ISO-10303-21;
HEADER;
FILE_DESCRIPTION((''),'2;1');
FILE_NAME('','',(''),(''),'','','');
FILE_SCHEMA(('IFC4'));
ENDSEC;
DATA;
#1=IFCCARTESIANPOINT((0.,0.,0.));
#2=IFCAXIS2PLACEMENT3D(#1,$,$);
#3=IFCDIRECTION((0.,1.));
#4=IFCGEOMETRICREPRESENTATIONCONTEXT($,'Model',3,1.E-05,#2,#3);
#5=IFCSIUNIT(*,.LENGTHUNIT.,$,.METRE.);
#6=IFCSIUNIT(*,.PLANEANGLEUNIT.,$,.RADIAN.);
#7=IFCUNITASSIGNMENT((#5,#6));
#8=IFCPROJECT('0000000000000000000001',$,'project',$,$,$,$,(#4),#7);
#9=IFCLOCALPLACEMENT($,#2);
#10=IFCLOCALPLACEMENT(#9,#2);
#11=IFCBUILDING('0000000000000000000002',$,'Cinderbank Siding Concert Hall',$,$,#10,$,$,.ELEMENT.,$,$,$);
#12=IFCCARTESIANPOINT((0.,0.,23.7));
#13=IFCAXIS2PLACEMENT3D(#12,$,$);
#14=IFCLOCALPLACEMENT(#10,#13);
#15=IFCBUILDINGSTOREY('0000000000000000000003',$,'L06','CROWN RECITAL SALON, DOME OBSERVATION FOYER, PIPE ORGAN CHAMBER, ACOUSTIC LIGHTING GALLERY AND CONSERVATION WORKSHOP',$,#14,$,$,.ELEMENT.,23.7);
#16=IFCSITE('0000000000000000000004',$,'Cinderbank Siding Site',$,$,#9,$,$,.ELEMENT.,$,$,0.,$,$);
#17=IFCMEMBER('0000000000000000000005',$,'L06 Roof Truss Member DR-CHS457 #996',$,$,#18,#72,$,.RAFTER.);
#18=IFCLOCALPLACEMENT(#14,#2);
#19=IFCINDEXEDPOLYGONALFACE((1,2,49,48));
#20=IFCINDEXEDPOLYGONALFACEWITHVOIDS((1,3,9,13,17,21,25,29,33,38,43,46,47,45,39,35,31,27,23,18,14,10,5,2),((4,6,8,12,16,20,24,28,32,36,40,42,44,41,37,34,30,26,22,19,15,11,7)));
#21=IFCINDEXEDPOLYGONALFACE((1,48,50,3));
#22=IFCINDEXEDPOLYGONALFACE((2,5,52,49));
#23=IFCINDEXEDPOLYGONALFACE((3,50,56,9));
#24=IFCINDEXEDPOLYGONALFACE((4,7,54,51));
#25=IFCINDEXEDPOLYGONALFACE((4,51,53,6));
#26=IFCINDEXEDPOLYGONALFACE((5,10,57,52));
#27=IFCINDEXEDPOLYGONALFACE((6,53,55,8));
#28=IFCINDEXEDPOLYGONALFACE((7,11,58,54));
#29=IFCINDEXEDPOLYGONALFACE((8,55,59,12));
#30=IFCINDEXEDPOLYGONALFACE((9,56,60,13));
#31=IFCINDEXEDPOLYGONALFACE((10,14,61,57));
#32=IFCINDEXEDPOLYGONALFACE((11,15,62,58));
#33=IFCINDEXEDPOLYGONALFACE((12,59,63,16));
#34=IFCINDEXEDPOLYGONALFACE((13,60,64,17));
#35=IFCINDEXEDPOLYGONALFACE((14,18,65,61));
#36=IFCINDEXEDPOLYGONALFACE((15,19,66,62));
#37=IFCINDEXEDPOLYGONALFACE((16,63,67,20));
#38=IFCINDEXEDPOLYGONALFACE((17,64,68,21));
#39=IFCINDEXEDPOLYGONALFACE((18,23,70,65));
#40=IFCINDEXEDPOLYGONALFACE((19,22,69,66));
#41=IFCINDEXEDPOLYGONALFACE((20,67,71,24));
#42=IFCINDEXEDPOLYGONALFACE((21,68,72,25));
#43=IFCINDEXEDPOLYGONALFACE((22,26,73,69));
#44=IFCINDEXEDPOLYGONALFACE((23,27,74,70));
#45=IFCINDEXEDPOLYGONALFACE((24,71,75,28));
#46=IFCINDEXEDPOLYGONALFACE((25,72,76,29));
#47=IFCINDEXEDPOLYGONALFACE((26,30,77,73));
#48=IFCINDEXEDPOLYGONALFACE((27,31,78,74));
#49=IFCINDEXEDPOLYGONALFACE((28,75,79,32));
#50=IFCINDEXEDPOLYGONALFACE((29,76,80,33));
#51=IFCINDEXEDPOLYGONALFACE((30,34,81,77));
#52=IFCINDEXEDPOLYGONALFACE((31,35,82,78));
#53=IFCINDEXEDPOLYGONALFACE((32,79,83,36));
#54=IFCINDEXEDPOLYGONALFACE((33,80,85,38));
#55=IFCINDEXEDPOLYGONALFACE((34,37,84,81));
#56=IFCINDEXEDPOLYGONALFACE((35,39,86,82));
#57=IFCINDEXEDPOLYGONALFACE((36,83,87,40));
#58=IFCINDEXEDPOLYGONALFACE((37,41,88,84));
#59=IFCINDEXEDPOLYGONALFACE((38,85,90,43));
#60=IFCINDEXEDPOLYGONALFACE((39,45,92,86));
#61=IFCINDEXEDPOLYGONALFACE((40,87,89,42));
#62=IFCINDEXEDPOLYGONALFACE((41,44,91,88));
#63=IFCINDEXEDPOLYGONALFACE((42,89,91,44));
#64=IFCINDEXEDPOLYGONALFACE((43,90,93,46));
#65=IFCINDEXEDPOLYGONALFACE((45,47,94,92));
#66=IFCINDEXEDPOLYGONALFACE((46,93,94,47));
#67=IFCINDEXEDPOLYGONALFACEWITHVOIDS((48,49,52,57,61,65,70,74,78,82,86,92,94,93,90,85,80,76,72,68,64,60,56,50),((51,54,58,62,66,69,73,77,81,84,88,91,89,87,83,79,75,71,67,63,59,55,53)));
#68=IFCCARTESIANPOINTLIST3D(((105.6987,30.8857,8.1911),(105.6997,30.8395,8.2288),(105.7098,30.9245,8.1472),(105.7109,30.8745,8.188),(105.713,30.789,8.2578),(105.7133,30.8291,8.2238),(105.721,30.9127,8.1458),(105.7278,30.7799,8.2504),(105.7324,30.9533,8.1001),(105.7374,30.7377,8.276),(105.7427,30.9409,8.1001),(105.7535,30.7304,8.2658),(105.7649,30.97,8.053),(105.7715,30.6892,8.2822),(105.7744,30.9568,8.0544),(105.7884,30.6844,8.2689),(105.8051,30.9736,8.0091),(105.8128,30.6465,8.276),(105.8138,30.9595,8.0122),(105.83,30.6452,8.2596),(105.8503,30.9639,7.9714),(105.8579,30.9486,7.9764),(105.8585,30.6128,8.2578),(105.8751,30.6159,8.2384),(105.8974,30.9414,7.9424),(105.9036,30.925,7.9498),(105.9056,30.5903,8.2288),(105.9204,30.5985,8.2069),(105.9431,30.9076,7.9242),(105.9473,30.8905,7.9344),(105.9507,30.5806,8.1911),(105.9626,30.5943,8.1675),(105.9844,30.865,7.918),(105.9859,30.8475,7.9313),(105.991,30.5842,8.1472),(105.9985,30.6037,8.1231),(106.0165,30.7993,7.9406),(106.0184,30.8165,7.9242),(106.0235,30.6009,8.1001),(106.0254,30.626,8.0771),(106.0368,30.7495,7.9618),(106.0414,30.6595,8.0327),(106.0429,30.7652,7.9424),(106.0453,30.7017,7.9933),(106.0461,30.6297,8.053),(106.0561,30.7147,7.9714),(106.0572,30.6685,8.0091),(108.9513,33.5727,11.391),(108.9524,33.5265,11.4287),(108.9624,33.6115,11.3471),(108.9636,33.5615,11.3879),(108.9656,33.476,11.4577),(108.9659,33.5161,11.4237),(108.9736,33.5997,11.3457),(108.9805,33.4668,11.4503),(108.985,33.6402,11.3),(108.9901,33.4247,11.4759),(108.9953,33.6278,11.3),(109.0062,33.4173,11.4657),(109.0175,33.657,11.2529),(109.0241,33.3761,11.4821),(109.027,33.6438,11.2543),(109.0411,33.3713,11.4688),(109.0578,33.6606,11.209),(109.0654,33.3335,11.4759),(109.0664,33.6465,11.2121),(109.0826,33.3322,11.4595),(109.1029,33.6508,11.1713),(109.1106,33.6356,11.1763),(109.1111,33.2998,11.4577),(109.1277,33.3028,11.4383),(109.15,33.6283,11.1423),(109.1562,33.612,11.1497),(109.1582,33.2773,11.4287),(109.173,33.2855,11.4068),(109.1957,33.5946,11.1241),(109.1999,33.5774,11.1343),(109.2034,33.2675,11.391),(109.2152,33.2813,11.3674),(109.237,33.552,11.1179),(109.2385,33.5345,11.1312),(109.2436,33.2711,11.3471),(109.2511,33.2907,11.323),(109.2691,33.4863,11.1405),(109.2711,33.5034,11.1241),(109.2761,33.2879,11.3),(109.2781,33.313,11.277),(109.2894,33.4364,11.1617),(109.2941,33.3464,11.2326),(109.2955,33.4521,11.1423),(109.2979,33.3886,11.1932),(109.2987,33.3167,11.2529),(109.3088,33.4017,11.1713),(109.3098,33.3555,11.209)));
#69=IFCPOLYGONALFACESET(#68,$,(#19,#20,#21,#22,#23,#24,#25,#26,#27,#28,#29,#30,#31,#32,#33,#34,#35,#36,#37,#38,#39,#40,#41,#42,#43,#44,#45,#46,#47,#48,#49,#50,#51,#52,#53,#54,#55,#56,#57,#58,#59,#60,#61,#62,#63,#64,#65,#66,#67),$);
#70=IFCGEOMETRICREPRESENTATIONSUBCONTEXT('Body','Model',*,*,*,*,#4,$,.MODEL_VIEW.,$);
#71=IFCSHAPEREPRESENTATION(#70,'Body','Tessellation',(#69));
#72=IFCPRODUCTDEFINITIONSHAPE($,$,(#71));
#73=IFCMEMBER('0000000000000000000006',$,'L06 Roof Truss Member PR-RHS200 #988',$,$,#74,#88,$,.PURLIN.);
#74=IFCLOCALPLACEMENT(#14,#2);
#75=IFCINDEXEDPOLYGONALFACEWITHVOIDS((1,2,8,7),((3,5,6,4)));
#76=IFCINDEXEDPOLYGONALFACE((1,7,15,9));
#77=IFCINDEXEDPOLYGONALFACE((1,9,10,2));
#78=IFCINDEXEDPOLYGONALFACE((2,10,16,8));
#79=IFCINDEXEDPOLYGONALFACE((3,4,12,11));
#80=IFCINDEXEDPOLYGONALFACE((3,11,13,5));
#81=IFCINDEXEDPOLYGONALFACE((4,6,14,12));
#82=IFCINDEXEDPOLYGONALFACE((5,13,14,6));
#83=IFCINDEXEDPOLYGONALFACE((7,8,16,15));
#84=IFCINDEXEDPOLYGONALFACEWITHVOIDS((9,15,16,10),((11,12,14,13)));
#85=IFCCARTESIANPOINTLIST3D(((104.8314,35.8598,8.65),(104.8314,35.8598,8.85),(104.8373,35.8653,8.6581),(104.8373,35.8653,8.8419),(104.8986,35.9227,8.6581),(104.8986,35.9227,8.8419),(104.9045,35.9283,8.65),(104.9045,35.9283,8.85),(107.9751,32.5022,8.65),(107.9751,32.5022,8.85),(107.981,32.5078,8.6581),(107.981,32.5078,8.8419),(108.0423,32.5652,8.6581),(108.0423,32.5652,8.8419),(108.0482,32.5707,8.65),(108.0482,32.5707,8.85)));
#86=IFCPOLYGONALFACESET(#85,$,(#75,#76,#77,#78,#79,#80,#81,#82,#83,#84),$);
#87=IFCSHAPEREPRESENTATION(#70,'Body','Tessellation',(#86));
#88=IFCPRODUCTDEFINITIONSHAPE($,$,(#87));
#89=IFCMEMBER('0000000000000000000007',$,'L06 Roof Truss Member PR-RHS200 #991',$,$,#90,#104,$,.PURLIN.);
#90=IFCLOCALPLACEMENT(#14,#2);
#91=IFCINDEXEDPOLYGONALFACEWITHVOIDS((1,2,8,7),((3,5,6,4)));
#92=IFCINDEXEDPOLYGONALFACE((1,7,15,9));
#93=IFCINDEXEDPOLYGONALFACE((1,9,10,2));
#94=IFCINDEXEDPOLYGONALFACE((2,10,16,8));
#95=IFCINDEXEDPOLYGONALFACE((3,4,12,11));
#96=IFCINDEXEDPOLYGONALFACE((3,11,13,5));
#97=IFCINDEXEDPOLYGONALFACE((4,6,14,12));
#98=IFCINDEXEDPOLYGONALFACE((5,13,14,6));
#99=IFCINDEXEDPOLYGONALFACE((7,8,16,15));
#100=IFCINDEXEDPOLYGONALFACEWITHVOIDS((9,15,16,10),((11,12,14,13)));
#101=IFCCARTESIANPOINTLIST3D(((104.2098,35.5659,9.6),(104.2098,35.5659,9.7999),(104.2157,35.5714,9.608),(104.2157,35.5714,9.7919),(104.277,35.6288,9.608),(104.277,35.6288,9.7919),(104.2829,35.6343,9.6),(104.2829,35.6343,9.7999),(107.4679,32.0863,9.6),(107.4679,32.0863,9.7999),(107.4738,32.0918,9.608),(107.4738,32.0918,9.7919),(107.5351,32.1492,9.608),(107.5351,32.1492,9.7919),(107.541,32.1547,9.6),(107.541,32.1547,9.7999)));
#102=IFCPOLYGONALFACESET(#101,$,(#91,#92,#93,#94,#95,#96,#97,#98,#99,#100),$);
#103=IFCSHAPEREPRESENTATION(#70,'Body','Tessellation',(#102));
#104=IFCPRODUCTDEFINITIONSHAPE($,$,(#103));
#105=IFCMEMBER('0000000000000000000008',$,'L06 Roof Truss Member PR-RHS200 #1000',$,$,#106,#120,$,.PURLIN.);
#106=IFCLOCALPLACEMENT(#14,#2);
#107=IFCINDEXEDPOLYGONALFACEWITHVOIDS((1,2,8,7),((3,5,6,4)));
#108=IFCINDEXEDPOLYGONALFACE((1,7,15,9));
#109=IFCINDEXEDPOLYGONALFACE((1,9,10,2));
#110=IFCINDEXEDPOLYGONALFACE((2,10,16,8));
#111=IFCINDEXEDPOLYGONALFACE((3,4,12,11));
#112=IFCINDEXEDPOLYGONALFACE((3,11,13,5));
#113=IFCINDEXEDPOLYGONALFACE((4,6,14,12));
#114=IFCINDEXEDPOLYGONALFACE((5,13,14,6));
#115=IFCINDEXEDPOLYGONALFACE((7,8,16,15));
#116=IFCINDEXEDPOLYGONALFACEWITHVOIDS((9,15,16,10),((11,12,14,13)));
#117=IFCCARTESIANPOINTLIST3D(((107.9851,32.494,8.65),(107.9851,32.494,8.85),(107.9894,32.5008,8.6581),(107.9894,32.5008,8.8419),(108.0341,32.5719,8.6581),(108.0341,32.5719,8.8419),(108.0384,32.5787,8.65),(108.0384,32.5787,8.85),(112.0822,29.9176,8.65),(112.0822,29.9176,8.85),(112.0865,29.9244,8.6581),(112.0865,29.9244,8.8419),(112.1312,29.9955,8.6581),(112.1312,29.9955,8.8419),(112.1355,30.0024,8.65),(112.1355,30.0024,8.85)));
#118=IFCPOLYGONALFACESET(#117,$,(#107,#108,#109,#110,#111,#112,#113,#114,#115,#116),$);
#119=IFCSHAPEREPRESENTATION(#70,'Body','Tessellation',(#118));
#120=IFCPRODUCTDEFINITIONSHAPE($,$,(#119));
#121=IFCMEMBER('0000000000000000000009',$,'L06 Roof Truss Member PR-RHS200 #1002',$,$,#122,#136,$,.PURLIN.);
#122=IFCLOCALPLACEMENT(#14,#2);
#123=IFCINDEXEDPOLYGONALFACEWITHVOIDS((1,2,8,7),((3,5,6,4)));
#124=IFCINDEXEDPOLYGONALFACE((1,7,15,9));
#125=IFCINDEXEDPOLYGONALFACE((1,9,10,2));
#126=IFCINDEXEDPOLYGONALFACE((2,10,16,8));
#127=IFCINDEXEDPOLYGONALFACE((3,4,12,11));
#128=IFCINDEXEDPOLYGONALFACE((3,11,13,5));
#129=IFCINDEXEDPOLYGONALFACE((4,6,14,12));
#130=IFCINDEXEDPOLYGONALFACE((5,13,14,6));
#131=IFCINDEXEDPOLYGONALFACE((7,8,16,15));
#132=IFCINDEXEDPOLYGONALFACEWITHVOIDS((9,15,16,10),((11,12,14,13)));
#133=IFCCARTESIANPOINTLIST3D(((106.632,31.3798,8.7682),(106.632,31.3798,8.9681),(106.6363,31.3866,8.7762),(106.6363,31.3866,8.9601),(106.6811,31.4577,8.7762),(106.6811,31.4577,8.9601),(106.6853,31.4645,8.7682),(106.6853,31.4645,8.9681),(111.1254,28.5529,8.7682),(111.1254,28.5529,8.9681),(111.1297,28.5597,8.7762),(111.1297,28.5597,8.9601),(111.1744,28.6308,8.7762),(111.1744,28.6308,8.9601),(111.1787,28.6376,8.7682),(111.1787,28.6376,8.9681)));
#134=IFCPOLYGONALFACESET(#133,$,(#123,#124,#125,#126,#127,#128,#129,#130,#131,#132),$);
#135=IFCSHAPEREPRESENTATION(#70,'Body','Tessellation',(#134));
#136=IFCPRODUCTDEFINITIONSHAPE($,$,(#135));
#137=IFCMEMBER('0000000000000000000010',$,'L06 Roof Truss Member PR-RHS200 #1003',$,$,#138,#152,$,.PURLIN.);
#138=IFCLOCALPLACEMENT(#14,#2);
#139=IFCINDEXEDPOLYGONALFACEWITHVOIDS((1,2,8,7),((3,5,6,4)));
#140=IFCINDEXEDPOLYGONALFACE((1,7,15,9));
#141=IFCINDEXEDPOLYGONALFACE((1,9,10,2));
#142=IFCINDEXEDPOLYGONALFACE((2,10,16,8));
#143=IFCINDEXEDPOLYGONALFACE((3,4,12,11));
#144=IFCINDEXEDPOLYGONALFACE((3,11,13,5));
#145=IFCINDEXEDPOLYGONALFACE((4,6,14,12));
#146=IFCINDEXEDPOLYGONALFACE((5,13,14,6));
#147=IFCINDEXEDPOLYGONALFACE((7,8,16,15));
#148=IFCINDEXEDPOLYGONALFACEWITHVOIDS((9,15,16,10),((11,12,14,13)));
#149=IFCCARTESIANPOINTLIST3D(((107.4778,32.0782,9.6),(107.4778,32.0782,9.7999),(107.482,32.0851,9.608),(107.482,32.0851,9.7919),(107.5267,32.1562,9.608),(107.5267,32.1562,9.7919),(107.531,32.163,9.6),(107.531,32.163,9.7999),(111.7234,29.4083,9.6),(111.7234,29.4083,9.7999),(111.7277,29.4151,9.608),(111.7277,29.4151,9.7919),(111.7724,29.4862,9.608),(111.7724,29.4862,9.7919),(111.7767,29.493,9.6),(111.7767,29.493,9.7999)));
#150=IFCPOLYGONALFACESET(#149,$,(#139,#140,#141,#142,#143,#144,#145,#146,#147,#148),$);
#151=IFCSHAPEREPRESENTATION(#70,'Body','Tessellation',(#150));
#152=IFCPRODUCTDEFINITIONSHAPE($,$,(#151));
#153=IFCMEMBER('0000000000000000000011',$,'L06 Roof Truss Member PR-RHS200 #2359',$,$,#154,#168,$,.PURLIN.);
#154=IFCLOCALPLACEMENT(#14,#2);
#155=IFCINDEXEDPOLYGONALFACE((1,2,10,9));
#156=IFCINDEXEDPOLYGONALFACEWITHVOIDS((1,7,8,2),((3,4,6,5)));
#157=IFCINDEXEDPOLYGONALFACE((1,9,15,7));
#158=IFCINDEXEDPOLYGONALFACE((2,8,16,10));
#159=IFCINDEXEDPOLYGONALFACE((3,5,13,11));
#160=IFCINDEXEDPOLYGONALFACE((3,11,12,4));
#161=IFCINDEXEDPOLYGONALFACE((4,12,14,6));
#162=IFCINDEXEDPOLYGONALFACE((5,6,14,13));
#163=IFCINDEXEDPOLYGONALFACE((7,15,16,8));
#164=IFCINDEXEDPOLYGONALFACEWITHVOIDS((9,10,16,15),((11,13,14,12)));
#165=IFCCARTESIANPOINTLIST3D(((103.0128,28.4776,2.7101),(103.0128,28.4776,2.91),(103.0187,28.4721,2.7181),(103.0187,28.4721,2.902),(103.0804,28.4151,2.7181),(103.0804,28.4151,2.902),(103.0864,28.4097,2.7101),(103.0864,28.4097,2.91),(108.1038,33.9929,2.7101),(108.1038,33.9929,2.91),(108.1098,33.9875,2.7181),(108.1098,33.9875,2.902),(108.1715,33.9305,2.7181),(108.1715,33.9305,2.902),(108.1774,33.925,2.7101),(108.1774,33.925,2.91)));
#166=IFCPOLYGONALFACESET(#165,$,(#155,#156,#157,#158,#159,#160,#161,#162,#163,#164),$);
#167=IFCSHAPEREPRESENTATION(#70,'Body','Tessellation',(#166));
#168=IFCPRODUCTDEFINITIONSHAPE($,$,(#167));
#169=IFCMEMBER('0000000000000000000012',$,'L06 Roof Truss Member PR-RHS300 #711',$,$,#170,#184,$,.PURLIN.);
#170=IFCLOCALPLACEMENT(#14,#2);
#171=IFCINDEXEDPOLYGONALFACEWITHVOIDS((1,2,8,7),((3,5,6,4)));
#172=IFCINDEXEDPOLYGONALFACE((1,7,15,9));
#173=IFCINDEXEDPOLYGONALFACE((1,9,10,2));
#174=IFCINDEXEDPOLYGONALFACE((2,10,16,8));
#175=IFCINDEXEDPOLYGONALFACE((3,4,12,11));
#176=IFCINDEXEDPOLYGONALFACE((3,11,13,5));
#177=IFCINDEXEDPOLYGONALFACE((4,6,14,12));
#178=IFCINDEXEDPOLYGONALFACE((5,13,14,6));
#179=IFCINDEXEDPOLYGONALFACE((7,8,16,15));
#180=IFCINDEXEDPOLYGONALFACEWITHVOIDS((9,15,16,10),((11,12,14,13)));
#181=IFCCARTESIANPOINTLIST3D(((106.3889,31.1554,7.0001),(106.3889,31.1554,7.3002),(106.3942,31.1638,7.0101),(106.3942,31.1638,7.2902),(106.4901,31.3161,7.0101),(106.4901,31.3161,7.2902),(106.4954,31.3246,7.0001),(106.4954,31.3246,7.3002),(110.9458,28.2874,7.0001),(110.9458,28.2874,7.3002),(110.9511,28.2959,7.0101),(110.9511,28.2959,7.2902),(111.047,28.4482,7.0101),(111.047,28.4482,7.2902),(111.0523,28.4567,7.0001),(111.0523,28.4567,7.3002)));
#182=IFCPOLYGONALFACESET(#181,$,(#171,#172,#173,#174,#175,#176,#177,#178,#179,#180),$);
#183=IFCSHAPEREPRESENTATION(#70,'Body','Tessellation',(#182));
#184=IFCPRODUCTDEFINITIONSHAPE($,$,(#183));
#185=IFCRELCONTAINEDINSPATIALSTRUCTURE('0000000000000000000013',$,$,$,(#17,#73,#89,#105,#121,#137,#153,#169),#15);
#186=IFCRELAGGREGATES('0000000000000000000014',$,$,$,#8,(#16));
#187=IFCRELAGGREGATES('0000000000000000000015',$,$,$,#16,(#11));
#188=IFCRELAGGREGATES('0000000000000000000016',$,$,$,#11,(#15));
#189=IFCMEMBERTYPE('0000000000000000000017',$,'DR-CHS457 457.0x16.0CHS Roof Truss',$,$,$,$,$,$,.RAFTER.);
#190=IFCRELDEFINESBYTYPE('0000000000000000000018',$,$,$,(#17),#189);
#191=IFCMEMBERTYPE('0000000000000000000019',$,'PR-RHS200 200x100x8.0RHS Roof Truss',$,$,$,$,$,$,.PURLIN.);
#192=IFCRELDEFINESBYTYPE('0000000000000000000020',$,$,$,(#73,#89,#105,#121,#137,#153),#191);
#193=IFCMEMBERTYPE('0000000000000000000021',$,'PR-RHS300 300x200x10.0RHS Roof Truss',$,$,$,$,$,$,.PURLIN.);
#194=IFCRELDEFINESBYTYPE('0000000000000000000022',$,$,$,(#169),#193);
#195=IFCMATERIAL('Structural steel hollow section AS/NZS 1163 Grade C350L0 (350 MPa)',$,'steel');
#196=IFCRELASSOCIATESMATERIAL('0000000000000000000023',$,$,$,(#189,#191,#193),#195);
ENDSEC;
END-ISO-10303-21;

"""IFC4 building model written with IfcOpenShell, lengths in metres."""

from ifc_helpers import new_model, si_unit, direction, frame, origin, origin_2d, place, context, subcontext, project, spatial, hollow_rectangle, hollow_circle, extrude, material, material_profile, profile_set, type_object, element, save


model = new_model("IFC4")

# Units and contexts
model_context = context("Model", 3, precision=1e-05, world=origin(), true_north=direction((0.0, 1.0)))
body_context = subcontext(model_context, "Body", "Model", "MODEL_VIEW")
ifc_project = project(units=[si_unit("LENGTHUNIT", "METRE"), si_unit("PLANEANGLEUNIT", "RADIAN")], contexts=[model_context])

# Site, building, storey
site_placement = place(None, origin())
site = spatial("IfcSite", under=ifc_project, at=site_placement, Name="Cinderbank Siding Site", CompositionType="ELEMENT", RefElevation=0.0)
building_placement = place(site_placement, origin())
building = spatial("IfcBuilding", under=site, at=building_placement, Name="Cinderbank Siding Concert Hall", CompositionType="ELEMENT")
storey_placement = place(building_placement, frame((0.0, 0.0, 23.7)))
storey = spatial("IfcBuildingStorey", under=building, at=storey_placement, Name="L06", Description="CROWN RECITAL SALON, DOME OBSERVATION FOYER, PIPE ORGAN CHAMBER, ACOUSTIC LIGHTING GALLERY AND CONSERVATION WORKSHOP", CompositionType="ELEMENT", Elevation=23.7)

# Members
ifc_material_1 = material(Name="Structural steel hollow section AS/NZS 1163 Grade C350L0 (350 MPa)", Category="steel")
ifc_material_profile_1 = material_profile(ifc_material_1, hollow_circle(Radius=0.2285, WallThickness=0.0161, at=origin_2d()), Name="457.0x16.0CHS", Category="LoadBearing")
ifc_profile_set_1 = profile_set([ifc_material_profile_1], Name="Structural steel hollow section AS/NZS 1163 Grade C350L0 (350 MPa)")
member_type_1 = type_object("IfcMemberType", Name="DR-CHS457 457.0x16.0CHS Roof Truss", PredefinedType="RAFTER", material=ifc_profile_set_1)
member_1_placement = place(storey_placement, frame((105.8779, 30.7771, 8.1001), z_axis=(0.614265, 0.507438, 0.604306), x_axis=(-0.636883, 0.770961, 0.0)))
element("IfcMember", 1, at=member_1_placement, inside=storey, type_object=member_type_1, Name="L06 Roof Truss Member DR-CHS457 #996", PredefinedType="RAFTER", context=body_context, shape_type="SweptSolid", body=[
    extrude(hollow_circle(Radius=0.2285, WallThickness=0.0161, at=origin_2d()), origin(), (0.0, 0.0, 1.0), 5.2952),
])
ifc_material_profile_2 = material_profile(ifc_material_1, hollow_rectangle(XDim=0.1001, YDim=0.2, WallThickness=0.0081, at=origin_2d()), Name="200x100x8.0RHS", Category="LoadBearing")
ifc_profile_set_2 = profile_set([ifc_material_profile_2], Name="Structural steel hollow section AS/NZS 1163 Grade C350L0 (350 MPa)")
member_type_2 = type_object("IfcMemberType", Name="PR-RHS200 200x100x8.0RHS Roof Truss", PredefinedType="PURLIN", material=ifc_profile_set_2)
member_2_placement = place(storey_placement, frame((104.8679, 35.894, 8.75), z_axis=(0.683477, -0.729972, 0.0), x_axis=(0.729972, 0.683477, 0.0)))
element("IfcMember", 2, at=member_2_placement, inside=storey, type_object=member_type_2, Name="L06 Roof Truss Member PR-RHS200 #988", PredefinedType="PURLIN", context=body_context, shape_type="SweptSolid", body=[
    extrude(hollow_rectangle(XDim=0.1001, YDim=0.2, WallThickness=0.0081, at=origin_2d()), origin(), (0.0, 0.0, 1.0), 4.5996),
])
member_3_placement = place(storey_placement, frame((104.2463, 35.6001, 9.7), z_axis=(0.683498, -0.729952, 0.0), x_axis=(0.729952, 0.683498, 0.0)))
element("IfcMember", 3, at=member_3_placement, inside=storey, type_object=member_type_2, Name="L06 Roof Truss Member PR-RHS200 #991", PredefinedType="PURLIN", context=body_context, shape_type="SweptSolid", body=[
    extrude(hollow_rectangle(XDim=0.1001, YDim=0.2, WallThickness=0.0081, at=origin_2d()), origin(), (0.0, 0.0, 1.0), 4.7668),
])
member_4_placement = place(storey_placement, frame((108.0117, 32.5364, 8.75), z_axis=(0.846538, -0.532328, 0.0), x_axis=(0.532328, 0.846538, 0.0)))
element("IfcMember", 4, at=member_4_placement, inside=storey, type_object=member_type_2, Name="L06 Roof Truss Member PR-RHS200 #1000", PredefinedType="PURLIN", context=body_context, shape_type="SweptSolid", body=[
    extrude(hollow_rectangle(XDim=0.1001, YDim=0.2, WallThickness=0.0081, at=origin_2d()), origin(), (0.0, 0.0, 1.0), 4.8398),
])
member_5_placement = place(storey_placement, frame((106.6587, 31.4221, 8.8682), z_axis=(0.846426, -0.532506, 0.0), x_axis=(0.532506, 0.846426, 0.0)))
element("IfcMember", 5, at=member_5_placement, inside=storey, type_object=member_type_2, Name="L06 Roof Truss Member PR-RHS200 #1002", PredefinedType="PURLIN", context=body_context, shape_type="SweptSolid", body=[
    extrude(hollow_rectangle(XDim=0.1001, YDim=0.2, WallThickness=0.0081, at=origin_2d()), origin(), (0.0, 0.0, 1.0), 5.3086),
])
member_6_placement = place(storey_placement, frame((107.5044, 32.1206, 9.7), z_axis=(0.846524, -0.532351, 0.0), x_axis=(0.532351, 0.846524, 0.0)))
element("IfcMember", 6, at=member_6_placement, inside=storey, type_object=member_type_2, Name="L06 Roof Truss Member PR-RHS200 #1003", PredefinedType="PURLIN", context=body_context, shape_type="SweptSolid", body=[
    extrude(hollow_rectangle(XDim=0.1001, YDim=0.2, WallThickness=0.0081, at=origin_2d()), origin(), (0.0, 0.0, 1.0), 5.0154),
])
member_7_placement = place(storey_placement, frame((108.1406, 33.959, 2.8101), z_axis=(-0.678276, -0.734807, 0.0), x_axis=(0.734807, -0.678276, 0.0)))
element("IfcMember", 7, at=member_7_placement, inside=storey, type_object=member_type_2, Name="L06 Roof Truss Member PR-RHS200 #2359", PredefinedType="PURLIN", context=body_context, shape_type="SweptSolid", body=[
    extrude(hollow_rectangle(XDim=0.1001, YDim=0.2, WallThickness=0.0081, at=origin_2d()), origin(), (0.0, 0.0, 1.0), 7.5059),
])
ifc_material_profile_3 = material_profile(ifc_material_1, hollow_rectangle(XDim=0.2, YDim=0.3, WallThickness=0.01, at=origin_2d()), Name="300x200x10.0RHS", Category="LoadBearing")
ifc_profile_set_3 = profile_set([ifc_material_profile_3], Name="Structural steel hollow section AS/NZS 1163 Grade C350L0 (350 MPa)")
member_type_3 = type_object("IfcMemberType", Name="PR-RHS300 300x200x10.0RHS Roof Truss", PredefinedType="PURLIN", material=ifc_profile_set_3)
member_8_placement = place(storey_placement, frame((106.4421, 31.24, 7.1501), z_axis=(0.846336, -0.53265, 0.0), x_axis=(0.53265, 0.846336, 0.0)))
element("IfcMember", 8, at=member_8_placement, inside=storey, type_object=member_type_3, Name="L06 Roof Truss Member PR-RHS300 #711", PredefinedType="PURLIN", context=body_context, shape_type="SweptSolid", body=[
    extrude(hollow_rectangle(XDim=0.2, YDim=0.3, WallThickness=0.01, at=origin_2d()), origin(), (0.0, 0.0, 1.0), 5.3843),
])

save(model, "model.ifc")
